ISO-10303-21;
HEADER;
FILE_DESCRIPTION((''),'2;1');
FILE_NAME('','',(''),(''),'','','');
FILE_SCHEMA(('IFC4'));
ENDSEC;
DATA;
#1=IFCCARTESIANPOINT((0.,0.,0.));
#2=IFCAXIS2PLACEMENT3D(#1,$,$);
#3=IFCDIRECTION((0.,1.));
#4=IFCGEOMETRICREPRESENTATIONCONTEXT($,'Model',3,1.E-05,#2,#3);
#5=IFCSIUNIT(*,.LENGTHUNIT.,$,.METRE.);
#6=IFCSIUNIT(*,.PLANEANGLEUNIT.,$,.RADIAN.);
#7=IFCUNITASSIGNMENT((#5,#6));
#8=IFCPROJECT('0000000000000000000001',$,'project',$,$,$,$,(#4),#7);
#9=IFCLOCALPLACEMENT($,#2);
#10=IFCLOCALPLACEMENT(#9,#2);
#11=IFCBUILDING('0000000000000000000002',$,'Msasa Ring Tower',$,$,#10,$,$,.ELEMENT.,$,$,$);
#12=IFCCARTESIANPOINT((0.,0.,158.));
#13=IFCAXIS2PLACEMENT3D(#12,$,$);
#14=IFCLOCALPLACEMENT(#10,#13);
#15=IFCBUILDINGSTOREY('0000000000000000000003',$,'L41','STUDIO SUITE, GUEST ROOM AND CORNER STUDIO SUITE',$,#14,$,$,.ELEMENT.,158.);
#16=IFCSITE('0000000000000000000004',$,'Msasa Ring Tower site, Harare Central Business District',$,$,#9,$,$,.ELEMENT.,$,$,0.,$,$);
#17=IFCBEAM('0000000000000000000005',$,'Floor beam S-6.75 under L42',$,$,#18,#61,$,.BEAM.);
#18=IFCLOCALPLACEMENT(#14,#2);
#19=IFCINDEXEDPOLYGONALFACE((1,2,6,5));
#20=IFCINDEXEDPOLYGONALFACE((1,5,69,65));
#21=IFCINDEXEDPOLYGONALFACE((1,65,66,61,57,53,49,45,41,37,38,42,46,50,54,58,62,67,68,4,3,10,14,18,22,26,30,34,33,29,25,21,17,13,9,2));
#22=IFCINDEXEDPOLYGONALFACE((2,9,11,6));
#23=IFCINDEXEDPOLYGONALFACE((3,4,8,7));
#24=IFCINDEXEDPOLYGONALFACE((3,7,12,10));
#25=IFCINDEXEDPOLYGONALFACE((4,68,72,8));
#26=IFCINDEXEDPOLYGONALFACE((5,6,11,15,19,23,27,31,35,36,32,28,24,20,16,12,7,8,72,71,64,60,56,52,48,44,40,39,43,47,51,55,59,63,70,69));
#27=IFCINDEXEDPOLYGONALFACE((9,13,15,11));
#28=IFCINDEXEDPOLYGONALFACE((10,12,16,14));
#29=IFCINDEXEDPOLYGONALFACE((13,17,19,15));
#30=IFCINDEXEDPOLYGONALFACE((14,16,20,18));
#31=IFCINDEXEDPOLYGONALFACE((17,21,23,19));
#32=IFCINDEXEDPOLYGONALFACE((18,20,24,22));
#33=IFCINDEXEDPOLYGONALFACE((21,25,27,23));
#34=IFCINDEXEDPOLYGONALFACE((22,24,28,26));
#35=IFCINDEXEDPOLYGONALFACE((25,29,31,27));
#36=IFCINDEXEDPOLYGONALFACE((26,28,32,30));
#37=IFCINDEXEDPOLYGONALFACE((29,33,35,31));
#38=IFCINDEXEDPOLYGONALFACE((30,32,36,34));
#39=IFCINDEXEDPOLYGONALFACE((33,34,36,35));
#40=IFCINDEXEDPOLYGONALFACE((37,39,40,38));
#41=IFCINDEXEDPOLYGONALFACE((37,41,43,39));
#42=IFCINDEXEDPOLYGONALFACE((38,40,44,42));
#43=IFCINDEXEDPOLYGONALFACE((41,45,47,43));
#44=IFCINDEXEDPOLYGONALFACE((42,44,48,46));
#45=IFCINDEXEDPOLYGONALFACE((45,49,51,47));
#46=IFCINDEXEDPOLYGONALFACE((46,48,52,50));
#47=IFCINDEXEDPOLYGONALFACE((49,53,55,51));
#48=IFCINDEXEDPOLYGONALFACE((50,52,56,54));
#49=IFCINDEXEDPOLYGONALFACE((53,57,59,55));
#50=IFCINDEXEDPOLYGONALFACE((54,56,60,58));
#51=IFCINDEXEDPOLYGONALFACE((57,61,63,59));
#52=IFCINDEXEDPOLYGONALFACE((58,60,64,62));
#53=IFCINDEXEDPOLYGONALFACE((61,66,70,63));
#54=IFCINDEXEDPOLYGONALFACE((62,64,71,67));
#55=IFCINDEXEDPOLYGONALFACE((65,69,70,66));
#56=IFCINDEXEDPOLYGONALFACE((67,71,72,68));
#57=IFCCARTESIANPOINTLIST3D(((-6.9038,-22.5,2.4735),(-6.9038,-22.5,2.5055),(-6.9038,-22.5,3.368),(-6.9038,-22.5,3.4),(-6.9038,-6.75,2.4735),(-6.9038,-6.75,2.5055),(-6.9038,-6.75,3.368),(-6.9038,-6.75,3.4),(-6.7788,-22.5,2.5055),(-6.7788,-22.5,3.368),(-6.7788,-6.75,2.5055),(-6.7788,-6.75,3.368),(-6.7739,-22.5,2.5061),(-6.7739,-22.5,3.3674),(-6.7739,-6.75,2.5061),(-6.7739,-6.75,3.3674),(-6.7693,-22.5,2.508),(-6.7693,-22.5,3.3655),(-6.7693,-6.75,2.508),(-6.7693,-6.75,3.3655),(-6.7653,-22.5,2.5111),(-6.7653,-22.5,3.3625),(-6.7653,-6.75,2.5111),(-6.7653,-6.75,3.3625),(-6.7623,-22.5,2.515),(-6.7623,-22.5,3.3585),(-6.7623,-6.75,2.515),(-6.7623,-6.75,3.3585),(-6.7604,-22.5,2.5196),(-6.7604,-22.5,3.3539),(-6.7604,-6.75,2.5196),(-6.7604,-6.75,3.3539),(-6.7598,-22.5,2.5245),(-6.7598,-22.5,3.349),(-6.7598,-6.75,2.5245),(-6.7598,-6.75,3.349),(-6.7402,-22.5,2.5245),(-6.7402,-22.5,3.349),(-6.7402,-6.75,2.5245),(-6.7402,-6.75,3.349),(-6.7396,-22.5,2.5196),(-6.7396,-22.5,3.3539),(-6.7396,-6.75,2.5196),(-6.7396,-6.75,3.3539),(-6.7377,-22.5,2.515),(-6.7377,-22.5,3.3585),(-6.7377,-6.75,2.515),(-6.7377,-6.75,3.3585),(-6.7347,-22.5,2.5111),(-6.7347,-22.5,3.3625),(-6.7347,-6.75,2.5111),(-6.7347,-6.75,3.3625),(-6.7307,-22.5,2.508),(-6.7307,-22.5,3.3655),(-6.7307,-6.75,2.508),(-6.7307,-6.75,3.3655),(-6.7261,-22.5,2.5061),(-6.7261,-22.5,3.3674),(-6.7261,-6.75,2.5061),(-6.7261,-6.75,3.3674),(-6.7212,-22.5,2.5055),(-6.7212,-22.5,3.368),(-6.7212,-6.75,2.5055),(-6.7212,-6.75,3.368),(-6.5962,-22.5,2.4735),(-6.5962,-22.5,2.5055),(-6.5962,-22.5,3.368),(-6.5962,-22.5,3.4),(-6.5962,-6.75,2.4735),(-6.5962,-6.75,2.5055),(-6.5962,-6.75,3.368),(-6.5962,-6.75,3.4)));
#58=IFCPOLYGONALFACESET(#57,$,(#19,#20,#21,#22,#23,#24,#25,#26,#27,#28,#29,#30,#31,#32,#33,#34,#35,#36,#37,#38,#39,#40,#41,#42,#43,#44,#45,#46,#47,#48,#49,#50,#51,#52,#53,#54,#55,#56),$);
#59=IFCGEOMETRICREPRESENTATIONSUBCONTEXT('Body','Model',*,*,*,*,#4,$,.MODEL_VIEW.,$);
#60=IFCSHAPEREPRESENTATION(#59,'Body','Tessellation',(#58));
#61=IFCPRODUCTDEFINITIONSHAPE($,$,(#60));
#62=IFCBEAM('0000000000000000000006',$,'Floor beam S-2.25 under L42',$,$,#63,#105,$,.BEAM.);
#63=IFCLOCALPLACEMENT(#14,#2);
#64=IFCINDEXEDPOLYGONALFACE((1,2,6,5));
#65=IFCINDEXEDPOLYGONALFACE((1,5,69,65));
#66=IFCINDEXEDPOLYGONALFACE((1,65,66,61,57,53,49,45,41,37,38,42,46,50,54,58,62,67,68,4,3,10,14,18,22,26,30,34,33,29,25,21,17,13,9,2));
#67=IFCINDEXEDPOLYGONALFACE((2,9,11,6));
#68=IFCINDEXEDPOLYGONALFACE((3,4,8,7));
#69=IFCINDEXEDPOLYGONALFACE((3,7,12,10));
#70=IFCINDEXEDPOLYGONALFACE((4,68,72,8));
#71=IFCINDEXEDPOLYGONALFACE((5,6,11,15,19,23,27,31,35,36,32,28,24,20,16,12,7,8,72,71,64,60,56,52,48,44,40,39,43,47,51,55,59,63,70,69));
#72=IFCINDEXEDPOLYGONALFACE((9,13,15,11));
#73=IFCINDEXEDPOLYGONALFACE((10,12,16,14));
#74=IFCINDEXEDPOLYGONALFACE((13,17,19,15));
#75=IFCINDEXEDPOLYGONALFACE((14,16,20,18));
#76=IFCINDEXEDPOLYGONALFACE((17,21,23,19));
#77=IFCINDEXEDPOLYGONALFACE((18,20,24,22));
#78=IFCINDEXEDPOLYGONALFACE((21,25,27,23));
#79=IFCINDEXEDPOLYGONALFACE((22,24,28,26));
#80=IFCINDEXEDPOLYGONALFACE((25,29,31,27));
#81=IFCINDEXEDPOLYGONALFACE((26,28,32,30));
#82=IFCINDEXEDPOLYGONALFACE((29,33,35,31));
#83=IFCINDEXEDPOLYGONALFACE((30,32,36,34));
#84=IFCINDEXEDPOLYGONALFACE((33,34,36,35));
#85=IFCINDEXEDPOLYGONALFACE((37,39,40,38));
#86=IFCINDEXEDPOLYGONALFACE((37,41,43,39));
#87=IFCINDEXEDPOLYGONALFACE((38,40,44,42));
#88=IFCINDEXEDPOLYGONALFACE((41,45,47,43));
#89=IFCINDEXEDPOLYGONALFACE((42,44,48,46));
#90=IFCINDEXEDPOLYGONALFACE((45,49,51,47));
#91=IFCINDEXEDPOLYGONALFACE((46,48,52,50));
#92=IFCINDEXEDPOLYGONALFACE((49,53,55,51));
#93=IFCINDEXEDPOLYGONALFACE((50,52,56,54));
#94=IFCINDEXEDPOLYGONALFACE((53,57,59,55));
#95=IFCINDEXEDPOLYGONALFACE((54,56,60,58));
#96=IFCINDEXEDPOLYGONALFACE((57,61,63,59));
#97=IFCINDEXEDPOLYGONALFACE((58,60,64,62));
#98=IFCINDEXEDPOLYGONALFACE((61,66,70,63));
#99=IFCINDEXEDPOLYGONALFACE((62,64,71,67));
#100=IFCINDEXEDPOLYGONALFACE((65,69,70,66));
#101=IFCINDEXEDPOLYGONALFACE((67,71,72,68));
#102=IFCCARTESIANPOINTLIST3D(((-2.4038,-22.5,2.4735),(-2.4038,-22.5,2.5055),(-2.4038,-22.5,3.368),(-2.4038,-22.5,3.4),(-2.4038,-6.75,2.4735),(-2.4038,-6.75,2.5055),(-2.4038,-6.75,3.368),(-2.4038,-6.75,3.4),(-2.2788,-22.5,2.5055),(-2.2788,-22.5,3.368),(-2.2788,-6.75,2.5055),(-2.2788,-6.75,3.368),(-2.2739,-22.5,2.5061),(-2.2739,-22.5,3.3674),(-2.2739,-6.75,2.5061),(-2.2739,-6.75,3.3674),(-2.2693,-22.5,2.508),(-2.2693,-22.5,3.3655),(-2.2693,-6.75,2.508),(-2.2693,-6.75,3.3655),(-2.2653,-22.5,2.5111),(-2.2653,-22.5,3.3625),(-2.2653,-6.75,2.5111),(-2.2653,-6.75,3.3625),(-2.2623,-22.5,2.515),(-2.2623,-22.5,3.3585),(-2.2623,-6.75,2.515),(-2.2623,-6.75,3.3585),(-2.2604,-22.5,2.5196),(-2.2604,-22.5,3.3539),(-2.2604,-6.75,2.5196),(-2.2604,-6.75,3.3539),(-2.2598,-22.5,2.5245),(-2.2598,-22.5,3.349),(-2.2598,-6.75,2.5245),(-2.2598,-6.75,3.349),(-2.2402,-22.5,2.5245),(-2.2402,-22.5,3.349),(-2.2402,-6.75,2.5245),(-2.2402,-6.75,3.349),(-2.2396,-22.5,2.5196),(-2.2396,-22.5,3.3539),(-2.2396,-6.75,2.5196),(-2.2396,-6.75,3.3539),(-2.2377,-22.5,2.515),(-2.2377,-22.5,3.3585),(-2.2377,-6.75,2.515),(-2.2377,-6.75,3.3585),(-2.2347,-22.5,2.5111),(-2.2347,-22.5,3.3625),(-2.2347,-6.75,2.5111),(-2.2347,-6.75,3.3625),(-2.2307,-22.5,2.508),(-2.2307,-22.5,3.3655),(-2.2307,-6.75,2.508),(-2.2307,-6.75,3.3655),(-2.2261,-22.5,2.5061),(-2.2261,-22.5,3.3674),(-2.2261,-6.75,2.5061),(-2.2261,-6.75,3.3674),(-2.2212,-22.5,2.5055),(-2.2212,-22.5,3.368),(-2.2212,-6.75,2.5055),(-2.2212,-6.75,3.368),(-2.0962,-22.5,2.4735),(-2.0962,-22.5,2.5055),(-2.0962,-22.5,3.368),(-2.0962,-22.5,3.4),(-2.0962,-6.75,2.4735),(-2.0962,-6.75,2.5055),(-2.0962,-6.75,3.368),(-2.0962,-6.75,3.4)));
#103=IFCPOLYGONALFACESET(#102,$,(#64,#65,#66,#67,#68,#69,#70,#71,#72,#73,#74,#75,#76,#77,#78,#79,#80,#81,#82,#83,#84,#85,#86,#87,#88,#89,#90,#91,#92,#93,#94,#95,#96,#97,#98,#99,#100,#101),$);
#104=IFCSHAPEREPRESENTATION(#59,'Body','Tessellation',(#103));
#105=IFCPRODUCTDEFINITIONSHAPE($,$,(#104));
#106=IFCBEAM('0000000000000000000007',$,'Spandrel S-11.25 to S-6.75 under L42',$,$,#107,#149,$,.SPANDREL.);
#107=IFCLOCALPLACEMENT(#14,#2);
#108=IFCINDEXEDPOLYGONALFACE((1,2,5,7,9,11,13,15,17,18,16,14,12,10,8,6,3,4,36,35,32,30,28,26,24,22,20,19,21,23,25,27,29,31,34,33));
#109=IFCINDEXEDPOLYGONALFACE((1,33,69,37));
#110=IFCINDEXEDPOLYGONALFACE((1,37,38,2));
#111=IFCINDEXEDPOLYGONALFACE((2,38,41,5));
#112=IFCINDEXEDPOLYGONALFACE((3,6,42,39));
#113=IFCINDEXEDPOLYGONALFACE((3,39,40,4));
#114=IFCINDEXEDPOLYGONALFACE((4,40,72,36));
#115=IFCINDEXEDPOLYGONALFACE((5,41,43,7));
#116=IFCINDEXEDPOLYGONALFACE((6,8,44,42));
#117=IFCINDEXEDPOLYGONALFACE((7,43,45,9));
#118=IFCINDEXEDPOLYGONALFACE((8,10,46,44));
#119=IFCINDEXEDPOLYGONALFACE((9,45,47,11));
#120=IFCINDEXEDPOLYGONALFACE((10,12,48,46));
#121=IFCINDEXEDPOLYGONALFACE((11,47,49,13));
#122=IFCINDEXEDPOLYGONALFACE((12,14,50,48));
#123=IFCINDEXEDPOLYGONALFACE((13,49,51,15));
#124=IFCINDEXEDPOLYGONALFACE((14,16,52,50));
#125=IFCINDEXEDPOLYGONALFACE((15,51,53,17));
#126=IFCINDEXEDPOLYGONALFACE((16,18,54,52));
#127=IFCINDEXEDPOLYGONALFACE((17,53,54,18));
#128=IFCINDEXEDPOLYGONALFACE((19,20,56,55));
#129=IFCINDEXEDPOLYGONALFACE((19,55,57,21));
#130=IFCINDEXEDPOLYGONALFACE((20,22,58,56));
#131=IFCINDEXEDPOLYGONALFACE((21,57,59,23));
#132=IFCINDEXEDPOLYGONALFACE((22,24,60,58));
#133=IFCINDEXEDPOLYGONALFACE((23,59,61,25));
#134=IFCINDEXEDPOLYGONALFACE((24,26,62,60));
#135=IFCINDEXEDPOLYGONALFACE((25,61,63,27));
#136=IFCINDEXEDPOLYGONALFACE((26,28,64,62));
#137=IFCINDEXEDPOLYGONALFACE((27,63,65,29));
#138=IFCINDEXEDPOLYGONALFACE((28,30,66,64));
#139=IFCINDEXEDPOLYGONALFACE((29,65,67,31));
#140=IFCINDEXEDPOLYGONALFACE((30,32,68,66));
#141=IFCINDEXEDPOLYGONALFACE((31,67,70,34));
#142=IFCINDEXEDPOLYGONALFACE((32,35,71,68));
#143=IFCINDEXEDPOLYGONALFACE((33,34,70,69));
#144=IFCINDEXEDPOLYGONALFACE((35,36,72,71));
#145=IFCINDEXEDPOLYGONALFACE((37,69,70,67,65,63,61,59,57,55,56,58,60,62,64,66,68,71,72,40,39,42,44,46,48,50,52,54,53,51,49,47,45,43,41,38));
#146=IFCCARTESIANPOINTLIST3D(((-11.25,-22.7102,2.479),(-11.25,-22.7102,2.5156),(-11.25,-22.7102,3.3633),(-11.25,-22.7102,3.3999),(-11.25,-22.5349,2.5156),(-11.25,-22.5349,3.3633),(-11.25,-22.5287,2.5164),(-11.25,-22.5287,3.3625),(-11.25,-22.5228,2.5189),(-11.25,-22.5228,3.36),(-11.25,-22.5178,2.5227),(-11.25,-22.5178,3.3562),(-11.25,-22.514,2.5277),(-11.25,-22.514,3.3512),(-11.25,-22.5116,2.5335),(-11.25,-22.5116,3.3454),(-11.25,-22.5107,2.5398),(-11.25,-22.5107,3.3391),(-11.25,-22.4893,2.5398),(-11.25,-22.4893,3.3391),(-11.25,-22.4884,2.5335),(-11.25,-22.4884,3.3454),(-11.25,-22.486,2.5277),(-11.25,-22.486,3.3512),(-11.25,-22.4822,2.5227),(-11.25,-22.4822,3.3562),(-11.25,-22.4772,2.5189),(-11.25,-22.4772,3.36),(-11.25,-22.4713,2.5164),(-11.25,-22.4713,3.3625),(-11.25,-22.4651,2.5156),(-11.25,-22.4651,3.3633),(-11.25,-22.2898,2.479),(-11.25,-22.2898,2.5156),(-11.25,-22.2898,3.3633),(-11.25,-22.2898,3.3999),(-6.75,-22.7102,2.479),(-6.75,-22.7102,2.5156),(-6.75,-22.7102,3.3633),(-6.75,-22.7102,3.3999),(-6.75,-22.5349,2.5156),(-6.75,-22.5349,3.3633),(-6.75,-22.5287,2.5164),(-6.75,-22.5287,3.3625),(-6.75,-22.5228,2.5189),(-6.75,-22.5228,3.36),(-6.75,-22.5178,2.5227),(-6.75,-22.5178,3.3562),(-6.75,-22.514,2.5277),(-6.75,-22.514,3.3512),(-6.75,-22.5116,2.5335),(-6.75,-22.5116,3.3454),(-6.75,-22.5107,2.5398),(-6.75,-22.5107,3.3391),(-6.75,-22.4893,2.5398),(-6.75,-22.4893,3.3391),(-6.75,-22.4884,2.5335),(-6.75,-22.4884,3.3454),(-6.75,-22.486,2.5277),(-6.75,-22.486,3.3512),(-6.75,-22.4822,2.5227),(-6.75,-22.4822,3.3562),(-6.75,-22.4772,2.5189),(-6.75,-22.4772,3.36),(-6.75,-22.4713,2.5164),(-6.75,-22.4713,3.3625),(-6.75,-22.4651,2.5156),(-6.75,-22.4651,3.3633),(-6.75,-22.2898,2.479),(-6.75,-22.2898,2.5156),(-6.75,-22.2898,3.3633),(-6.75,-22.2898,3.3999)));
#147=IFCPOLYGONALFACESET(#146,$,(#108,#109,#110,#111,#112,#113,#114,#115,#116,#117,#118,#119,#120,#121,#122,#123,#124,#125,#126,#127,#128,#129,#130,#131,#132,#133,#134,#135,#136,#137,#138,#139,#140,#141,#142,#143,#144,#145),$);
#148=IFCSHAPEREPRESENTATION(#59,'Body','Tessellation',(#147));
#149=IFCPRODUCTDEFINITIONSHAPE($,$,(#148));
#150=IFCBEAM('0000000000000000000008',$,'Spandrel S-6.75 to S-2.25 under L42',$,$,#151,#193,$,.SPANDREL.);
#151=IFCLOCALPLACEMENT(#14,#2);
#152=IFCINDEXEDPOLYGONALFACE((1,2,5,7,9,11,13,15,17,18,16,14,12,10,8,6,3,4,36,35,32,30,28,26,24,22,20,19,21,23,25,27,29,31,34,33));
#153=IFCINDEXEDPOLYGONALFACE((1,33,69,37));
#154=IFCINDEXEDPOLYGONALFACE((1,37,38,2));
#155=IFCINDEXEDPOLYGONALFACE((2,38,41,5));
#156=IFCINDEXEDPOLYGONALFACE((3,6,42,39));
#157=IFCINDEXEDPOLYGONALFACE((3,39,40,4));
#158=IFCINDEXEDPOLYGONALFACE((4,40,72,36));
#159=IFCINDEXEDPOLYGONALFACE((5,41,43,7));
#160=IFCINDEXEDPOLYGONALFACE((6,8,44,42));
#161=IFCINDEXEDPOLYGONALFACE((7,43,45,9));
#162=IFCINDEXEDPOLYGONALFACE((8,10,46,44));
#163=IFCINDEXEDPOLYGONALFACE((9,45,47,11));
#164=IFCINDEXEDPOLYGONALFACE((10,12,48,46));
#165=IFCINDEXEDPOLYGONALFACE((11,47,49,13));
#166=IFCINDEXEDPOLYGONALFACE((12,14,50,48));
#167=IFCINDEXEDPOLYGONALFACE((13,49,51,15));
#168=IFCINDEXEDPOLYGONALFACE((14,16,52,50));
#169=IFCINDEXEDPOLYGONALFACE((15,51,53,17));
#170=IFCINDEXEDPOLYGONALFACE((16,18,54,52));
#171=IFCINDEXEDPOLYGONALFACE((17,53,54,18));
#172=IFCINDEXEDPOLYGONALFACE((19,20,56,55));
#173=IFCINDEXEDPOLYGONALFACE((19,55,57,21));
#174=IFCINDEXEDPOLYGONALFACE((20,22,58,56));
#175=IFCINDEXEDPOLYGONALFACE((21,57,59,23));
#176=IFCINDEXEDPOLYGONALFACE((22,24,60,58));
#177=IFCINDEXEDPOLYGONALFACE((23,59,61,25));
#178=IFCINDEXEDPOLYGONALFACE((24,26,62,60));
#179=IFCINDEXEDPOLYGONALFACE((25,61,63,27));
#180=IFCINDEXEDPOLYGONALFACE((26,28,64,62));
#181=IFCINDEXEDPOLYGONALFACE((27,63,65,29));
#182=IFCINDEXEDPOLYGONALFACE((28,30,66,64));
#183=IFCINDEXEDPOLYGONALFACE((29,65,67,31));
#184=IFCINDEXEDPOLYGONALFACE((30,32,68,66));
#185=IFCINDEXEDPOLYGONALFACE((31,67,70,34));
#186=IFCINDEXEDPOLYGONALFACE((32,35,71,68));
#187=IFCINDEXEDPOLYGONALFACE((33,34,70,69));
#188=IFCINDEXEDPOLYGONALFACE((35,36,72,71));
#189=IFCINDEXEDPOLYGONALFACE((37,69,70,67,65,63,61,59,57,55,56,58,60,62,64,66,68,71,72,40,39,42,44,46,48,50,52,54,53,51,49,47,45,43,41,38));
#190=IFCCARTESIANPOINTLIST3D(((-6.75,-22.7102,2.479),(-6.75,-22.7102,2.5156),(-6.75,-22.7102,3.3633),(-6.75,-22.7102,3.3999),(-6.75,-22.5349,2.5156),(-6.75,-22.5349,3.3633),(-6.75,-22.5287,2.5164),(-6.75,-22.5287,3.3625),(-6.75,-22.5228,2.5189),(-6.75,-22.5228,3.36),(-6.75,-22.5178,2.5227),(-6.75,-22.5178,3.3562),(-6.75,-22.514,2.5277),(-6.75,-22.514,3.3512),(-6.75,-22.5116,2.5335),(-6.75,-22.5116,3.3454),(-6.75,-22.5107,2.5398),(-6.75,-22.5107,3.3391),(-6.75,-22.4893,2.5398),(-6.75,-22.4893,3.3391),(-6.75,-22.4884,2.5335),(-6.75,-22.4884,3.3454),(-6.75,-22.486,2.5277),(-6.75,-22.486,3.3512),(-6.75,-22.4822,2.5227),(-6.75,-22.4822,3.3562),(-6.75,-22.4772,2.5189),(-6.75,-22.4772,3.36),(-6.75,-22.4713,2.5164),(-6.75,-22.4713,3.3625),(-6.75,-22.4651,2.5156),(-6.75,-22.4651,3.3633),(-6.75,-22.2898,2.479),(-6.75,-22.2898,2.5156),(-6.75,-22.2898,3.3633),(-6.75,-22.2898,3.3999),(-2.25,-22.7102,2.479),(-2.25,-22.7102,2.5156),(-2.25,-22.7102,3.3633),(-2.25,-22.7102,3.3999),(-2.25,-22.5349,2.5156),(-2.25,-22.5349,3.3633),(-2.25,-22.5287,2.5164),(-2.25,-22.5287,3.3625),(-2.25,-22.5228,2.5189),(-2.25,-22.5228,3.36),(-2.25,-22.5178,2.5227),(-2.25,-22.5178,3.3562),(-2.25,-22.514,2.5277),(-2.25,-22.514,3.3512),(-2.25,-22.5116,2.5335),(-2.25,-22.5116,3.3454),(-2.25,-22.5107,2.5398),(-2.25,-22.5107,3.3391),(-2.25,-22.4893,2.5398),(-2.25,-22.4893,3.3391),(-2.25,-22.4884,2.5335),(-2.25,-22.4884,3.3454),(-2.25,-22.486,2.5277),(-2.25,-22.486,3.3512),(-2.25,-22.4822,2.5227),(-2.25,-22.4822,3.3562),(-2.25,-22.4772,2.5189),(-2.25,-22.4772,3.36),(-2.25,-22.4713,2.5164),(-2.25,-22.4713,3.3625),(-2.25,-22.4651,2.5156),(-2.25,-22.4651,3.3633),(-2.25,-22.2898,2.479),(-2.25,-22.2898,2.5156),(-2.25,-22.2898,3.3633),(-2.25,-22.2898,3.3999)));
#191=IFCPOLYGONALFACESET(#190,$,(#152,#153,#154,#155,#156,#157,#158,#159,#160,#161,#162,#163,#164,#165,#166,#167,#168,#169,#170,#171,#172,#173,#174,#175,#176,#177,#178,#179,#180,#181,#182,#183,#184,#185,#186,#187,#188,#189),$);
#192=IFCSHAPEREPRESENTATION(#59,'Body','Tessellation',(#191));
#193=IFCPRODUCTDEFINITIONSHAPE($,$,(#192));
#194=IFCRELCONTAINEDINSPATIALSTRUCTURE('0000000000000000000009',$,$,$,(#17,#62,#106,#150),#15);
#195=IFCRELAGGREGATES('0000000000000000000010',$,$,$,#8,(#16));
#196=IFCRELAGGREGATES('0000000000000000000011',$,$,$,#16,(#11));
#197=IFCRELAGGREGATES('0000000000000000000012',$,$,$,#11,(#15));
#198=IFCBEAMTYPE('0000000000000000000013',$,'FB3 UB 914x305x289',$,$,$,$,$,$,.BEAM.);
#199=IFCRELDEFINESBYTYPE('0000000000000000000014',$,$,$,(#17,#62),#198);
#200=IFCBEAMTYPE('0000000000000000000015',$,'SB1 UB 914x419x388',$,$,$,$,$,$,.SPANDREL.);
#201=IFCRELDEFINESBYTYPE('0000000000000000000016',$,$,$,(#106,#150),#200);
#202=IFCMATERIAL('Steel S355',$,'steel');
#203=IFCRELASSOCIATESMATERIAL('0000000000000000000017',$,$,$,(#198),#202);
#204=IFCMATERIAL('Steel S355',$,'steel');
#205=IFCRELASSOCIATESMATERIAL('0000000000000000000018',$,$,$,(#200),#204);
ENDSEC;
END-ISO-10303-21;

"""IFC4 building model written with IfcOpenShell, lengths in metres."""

from ifc_helpers import new_model, si_unit, direction, frame, origin, origin_2d, place, context, subcontext, project, spatial, i_section, extrude, material, material_profile, profile_set, type_object, element, save


model = new_model("IFC4")

# Units and contexts
model_context = context("Model", 3, precision=1e-05, world=origin(), true_north=direction((0.0, 1.0)))
body_context = subcontext(model_context, "Body", "Model", "MODEL_VIEW")
ifc_project = project(units=[si_unit("LENGTHUNIT", "METRE"), si_unit("PLANEANGLEUNIT", "RADIAN")], contexts=[model_context])

# Site, building, storey
site_placement = place(None, origin())
site = spatial("IfcSite", under=ifc_project, at=site_placement, Name="Msasa Ring Tower site, Harare Central Business District", CompositionType="ELEMENT", RefElevation=0.0)
building_placement = place(site_placement, origin())
building = spatial("IfcBuilding", under=site, at=building_placement, Name="Msasa Ring Tower", CompositionType="ELEMENT")
storey_placement = place(building_placement, frame((0.0, 0.0, 158.0)))
storey = spatial("IfcBuildingStorey", under=building, at=storey_placement, Name="L41", Description="STUDIO SUITE, GUEST ROOM AND CORNER STUDIO SUITE", CompositionType="ELEMENT", Elevation=158.0)

# Beams
ifc_material_1 = material(Name="Steel S355", Category="steel")
ifc_material_profile_1 = material_profile(ifc_material_1, i_section(OverallWidth=0.3076, OverallDepth=0.9265, WebThickness=0.0195, FlangeThickness=0.032, FilletRadius=0.019, at=origin_2d()), Name="UB 914x305x289")
ifc_profile_set_1 = profile_set([ifc_material_profile_1], Name="Steel S355")
beam_type_1 = type_object("IfcBeamType", Name="FB3 UB 914x305x289", PredefinedType="BEAM", material=ifc_profile_set_1)
for number, where, z_axis, x_axis, name in (
    (1, (-6.75, -22.5, 2.9368), (0.0, 1.0, 0.0), (-1.0, 0.0, 0.0), "Floor beam S-6.75 under L42"),
    (2, (-2.25, -22.5, 2.9368), (0.0, 1.0, 0.0), (-1.0, 0.0, 0.0), "Floor beam S-2.25 under L42"),
):
    element("IfcBeam", number, at=place(storey_placement, frame(where, z_axis=z_axis, x_axis=x_axis)), inside=storey, type_object=beam_type_1, Name=name, PredefinedType="BEAM", context=body_context, shape_type="SweptSolid", body=[
        extrude(i_section(OverallWidth=0.3076, OverallDepth=0.9265, WebThickness=0.0195, FlangeThickness=0.032, FilletRadius=0.019, at=origin_2d()), origin(), (0.0, 0.0, 1.0), 15.75),
    ])
ifc_material_2 = material(Name="Steel S355", Category="steel")
ifc_material_profile_2 = material_profile(ifc_material_2, i_section(OverallWidth=0.4204, OverallDepth=0.9209, WebThickness=0.0215, FlangeThickness=0.0366, FilletRadius=0.0242, at=origin_2d()), Name="UB 914x419x388")
ifc_profile_set_2 = profile_set([ifc_material_profile_2], Name="Steel S355")
beam_type_2 = type_object("IfcBeamType", Name="SB1 UB 914x419x388", PredefinedType="SPANDREL", material=ifc_profile_set_2)
for number, where, z_axis, x_axis, name in (
    (3, (-11.25, -22.5, 2.9395), (1.0, 0.0, 0.0), (0.0, 1.0, 0.0), "Spandrel S-11.25 to S-6.75 under L42"),
    (4, (-6.75, -22.5, 2.9395), (1.0, 0.0, 0.0), (0.0, 1.0, 0.0), "Spandrel S-6.75 to S-2.25 under L42"),
):
    element("IfcBeam", number, at=place(storey_placement, frame(where, z_axis=z_axis, x_axis=x_axis)), inside=storey, type_object=beam_type_2, Name=name, PredefinedType="SPANDREL", context=body_context, shape_type="SweptSolid", body=[
        extrude(i_section(OverallWidth=0.4204, OverallDepth=0.9209, WebThickness=0.0215, FlangeThickness=0.0366, FilletRadius=0.0242, at=origin_2d()), origin(), (0.0, 0.0, 1.0), 4.5),
    ])

save(model, "model.ifc")
